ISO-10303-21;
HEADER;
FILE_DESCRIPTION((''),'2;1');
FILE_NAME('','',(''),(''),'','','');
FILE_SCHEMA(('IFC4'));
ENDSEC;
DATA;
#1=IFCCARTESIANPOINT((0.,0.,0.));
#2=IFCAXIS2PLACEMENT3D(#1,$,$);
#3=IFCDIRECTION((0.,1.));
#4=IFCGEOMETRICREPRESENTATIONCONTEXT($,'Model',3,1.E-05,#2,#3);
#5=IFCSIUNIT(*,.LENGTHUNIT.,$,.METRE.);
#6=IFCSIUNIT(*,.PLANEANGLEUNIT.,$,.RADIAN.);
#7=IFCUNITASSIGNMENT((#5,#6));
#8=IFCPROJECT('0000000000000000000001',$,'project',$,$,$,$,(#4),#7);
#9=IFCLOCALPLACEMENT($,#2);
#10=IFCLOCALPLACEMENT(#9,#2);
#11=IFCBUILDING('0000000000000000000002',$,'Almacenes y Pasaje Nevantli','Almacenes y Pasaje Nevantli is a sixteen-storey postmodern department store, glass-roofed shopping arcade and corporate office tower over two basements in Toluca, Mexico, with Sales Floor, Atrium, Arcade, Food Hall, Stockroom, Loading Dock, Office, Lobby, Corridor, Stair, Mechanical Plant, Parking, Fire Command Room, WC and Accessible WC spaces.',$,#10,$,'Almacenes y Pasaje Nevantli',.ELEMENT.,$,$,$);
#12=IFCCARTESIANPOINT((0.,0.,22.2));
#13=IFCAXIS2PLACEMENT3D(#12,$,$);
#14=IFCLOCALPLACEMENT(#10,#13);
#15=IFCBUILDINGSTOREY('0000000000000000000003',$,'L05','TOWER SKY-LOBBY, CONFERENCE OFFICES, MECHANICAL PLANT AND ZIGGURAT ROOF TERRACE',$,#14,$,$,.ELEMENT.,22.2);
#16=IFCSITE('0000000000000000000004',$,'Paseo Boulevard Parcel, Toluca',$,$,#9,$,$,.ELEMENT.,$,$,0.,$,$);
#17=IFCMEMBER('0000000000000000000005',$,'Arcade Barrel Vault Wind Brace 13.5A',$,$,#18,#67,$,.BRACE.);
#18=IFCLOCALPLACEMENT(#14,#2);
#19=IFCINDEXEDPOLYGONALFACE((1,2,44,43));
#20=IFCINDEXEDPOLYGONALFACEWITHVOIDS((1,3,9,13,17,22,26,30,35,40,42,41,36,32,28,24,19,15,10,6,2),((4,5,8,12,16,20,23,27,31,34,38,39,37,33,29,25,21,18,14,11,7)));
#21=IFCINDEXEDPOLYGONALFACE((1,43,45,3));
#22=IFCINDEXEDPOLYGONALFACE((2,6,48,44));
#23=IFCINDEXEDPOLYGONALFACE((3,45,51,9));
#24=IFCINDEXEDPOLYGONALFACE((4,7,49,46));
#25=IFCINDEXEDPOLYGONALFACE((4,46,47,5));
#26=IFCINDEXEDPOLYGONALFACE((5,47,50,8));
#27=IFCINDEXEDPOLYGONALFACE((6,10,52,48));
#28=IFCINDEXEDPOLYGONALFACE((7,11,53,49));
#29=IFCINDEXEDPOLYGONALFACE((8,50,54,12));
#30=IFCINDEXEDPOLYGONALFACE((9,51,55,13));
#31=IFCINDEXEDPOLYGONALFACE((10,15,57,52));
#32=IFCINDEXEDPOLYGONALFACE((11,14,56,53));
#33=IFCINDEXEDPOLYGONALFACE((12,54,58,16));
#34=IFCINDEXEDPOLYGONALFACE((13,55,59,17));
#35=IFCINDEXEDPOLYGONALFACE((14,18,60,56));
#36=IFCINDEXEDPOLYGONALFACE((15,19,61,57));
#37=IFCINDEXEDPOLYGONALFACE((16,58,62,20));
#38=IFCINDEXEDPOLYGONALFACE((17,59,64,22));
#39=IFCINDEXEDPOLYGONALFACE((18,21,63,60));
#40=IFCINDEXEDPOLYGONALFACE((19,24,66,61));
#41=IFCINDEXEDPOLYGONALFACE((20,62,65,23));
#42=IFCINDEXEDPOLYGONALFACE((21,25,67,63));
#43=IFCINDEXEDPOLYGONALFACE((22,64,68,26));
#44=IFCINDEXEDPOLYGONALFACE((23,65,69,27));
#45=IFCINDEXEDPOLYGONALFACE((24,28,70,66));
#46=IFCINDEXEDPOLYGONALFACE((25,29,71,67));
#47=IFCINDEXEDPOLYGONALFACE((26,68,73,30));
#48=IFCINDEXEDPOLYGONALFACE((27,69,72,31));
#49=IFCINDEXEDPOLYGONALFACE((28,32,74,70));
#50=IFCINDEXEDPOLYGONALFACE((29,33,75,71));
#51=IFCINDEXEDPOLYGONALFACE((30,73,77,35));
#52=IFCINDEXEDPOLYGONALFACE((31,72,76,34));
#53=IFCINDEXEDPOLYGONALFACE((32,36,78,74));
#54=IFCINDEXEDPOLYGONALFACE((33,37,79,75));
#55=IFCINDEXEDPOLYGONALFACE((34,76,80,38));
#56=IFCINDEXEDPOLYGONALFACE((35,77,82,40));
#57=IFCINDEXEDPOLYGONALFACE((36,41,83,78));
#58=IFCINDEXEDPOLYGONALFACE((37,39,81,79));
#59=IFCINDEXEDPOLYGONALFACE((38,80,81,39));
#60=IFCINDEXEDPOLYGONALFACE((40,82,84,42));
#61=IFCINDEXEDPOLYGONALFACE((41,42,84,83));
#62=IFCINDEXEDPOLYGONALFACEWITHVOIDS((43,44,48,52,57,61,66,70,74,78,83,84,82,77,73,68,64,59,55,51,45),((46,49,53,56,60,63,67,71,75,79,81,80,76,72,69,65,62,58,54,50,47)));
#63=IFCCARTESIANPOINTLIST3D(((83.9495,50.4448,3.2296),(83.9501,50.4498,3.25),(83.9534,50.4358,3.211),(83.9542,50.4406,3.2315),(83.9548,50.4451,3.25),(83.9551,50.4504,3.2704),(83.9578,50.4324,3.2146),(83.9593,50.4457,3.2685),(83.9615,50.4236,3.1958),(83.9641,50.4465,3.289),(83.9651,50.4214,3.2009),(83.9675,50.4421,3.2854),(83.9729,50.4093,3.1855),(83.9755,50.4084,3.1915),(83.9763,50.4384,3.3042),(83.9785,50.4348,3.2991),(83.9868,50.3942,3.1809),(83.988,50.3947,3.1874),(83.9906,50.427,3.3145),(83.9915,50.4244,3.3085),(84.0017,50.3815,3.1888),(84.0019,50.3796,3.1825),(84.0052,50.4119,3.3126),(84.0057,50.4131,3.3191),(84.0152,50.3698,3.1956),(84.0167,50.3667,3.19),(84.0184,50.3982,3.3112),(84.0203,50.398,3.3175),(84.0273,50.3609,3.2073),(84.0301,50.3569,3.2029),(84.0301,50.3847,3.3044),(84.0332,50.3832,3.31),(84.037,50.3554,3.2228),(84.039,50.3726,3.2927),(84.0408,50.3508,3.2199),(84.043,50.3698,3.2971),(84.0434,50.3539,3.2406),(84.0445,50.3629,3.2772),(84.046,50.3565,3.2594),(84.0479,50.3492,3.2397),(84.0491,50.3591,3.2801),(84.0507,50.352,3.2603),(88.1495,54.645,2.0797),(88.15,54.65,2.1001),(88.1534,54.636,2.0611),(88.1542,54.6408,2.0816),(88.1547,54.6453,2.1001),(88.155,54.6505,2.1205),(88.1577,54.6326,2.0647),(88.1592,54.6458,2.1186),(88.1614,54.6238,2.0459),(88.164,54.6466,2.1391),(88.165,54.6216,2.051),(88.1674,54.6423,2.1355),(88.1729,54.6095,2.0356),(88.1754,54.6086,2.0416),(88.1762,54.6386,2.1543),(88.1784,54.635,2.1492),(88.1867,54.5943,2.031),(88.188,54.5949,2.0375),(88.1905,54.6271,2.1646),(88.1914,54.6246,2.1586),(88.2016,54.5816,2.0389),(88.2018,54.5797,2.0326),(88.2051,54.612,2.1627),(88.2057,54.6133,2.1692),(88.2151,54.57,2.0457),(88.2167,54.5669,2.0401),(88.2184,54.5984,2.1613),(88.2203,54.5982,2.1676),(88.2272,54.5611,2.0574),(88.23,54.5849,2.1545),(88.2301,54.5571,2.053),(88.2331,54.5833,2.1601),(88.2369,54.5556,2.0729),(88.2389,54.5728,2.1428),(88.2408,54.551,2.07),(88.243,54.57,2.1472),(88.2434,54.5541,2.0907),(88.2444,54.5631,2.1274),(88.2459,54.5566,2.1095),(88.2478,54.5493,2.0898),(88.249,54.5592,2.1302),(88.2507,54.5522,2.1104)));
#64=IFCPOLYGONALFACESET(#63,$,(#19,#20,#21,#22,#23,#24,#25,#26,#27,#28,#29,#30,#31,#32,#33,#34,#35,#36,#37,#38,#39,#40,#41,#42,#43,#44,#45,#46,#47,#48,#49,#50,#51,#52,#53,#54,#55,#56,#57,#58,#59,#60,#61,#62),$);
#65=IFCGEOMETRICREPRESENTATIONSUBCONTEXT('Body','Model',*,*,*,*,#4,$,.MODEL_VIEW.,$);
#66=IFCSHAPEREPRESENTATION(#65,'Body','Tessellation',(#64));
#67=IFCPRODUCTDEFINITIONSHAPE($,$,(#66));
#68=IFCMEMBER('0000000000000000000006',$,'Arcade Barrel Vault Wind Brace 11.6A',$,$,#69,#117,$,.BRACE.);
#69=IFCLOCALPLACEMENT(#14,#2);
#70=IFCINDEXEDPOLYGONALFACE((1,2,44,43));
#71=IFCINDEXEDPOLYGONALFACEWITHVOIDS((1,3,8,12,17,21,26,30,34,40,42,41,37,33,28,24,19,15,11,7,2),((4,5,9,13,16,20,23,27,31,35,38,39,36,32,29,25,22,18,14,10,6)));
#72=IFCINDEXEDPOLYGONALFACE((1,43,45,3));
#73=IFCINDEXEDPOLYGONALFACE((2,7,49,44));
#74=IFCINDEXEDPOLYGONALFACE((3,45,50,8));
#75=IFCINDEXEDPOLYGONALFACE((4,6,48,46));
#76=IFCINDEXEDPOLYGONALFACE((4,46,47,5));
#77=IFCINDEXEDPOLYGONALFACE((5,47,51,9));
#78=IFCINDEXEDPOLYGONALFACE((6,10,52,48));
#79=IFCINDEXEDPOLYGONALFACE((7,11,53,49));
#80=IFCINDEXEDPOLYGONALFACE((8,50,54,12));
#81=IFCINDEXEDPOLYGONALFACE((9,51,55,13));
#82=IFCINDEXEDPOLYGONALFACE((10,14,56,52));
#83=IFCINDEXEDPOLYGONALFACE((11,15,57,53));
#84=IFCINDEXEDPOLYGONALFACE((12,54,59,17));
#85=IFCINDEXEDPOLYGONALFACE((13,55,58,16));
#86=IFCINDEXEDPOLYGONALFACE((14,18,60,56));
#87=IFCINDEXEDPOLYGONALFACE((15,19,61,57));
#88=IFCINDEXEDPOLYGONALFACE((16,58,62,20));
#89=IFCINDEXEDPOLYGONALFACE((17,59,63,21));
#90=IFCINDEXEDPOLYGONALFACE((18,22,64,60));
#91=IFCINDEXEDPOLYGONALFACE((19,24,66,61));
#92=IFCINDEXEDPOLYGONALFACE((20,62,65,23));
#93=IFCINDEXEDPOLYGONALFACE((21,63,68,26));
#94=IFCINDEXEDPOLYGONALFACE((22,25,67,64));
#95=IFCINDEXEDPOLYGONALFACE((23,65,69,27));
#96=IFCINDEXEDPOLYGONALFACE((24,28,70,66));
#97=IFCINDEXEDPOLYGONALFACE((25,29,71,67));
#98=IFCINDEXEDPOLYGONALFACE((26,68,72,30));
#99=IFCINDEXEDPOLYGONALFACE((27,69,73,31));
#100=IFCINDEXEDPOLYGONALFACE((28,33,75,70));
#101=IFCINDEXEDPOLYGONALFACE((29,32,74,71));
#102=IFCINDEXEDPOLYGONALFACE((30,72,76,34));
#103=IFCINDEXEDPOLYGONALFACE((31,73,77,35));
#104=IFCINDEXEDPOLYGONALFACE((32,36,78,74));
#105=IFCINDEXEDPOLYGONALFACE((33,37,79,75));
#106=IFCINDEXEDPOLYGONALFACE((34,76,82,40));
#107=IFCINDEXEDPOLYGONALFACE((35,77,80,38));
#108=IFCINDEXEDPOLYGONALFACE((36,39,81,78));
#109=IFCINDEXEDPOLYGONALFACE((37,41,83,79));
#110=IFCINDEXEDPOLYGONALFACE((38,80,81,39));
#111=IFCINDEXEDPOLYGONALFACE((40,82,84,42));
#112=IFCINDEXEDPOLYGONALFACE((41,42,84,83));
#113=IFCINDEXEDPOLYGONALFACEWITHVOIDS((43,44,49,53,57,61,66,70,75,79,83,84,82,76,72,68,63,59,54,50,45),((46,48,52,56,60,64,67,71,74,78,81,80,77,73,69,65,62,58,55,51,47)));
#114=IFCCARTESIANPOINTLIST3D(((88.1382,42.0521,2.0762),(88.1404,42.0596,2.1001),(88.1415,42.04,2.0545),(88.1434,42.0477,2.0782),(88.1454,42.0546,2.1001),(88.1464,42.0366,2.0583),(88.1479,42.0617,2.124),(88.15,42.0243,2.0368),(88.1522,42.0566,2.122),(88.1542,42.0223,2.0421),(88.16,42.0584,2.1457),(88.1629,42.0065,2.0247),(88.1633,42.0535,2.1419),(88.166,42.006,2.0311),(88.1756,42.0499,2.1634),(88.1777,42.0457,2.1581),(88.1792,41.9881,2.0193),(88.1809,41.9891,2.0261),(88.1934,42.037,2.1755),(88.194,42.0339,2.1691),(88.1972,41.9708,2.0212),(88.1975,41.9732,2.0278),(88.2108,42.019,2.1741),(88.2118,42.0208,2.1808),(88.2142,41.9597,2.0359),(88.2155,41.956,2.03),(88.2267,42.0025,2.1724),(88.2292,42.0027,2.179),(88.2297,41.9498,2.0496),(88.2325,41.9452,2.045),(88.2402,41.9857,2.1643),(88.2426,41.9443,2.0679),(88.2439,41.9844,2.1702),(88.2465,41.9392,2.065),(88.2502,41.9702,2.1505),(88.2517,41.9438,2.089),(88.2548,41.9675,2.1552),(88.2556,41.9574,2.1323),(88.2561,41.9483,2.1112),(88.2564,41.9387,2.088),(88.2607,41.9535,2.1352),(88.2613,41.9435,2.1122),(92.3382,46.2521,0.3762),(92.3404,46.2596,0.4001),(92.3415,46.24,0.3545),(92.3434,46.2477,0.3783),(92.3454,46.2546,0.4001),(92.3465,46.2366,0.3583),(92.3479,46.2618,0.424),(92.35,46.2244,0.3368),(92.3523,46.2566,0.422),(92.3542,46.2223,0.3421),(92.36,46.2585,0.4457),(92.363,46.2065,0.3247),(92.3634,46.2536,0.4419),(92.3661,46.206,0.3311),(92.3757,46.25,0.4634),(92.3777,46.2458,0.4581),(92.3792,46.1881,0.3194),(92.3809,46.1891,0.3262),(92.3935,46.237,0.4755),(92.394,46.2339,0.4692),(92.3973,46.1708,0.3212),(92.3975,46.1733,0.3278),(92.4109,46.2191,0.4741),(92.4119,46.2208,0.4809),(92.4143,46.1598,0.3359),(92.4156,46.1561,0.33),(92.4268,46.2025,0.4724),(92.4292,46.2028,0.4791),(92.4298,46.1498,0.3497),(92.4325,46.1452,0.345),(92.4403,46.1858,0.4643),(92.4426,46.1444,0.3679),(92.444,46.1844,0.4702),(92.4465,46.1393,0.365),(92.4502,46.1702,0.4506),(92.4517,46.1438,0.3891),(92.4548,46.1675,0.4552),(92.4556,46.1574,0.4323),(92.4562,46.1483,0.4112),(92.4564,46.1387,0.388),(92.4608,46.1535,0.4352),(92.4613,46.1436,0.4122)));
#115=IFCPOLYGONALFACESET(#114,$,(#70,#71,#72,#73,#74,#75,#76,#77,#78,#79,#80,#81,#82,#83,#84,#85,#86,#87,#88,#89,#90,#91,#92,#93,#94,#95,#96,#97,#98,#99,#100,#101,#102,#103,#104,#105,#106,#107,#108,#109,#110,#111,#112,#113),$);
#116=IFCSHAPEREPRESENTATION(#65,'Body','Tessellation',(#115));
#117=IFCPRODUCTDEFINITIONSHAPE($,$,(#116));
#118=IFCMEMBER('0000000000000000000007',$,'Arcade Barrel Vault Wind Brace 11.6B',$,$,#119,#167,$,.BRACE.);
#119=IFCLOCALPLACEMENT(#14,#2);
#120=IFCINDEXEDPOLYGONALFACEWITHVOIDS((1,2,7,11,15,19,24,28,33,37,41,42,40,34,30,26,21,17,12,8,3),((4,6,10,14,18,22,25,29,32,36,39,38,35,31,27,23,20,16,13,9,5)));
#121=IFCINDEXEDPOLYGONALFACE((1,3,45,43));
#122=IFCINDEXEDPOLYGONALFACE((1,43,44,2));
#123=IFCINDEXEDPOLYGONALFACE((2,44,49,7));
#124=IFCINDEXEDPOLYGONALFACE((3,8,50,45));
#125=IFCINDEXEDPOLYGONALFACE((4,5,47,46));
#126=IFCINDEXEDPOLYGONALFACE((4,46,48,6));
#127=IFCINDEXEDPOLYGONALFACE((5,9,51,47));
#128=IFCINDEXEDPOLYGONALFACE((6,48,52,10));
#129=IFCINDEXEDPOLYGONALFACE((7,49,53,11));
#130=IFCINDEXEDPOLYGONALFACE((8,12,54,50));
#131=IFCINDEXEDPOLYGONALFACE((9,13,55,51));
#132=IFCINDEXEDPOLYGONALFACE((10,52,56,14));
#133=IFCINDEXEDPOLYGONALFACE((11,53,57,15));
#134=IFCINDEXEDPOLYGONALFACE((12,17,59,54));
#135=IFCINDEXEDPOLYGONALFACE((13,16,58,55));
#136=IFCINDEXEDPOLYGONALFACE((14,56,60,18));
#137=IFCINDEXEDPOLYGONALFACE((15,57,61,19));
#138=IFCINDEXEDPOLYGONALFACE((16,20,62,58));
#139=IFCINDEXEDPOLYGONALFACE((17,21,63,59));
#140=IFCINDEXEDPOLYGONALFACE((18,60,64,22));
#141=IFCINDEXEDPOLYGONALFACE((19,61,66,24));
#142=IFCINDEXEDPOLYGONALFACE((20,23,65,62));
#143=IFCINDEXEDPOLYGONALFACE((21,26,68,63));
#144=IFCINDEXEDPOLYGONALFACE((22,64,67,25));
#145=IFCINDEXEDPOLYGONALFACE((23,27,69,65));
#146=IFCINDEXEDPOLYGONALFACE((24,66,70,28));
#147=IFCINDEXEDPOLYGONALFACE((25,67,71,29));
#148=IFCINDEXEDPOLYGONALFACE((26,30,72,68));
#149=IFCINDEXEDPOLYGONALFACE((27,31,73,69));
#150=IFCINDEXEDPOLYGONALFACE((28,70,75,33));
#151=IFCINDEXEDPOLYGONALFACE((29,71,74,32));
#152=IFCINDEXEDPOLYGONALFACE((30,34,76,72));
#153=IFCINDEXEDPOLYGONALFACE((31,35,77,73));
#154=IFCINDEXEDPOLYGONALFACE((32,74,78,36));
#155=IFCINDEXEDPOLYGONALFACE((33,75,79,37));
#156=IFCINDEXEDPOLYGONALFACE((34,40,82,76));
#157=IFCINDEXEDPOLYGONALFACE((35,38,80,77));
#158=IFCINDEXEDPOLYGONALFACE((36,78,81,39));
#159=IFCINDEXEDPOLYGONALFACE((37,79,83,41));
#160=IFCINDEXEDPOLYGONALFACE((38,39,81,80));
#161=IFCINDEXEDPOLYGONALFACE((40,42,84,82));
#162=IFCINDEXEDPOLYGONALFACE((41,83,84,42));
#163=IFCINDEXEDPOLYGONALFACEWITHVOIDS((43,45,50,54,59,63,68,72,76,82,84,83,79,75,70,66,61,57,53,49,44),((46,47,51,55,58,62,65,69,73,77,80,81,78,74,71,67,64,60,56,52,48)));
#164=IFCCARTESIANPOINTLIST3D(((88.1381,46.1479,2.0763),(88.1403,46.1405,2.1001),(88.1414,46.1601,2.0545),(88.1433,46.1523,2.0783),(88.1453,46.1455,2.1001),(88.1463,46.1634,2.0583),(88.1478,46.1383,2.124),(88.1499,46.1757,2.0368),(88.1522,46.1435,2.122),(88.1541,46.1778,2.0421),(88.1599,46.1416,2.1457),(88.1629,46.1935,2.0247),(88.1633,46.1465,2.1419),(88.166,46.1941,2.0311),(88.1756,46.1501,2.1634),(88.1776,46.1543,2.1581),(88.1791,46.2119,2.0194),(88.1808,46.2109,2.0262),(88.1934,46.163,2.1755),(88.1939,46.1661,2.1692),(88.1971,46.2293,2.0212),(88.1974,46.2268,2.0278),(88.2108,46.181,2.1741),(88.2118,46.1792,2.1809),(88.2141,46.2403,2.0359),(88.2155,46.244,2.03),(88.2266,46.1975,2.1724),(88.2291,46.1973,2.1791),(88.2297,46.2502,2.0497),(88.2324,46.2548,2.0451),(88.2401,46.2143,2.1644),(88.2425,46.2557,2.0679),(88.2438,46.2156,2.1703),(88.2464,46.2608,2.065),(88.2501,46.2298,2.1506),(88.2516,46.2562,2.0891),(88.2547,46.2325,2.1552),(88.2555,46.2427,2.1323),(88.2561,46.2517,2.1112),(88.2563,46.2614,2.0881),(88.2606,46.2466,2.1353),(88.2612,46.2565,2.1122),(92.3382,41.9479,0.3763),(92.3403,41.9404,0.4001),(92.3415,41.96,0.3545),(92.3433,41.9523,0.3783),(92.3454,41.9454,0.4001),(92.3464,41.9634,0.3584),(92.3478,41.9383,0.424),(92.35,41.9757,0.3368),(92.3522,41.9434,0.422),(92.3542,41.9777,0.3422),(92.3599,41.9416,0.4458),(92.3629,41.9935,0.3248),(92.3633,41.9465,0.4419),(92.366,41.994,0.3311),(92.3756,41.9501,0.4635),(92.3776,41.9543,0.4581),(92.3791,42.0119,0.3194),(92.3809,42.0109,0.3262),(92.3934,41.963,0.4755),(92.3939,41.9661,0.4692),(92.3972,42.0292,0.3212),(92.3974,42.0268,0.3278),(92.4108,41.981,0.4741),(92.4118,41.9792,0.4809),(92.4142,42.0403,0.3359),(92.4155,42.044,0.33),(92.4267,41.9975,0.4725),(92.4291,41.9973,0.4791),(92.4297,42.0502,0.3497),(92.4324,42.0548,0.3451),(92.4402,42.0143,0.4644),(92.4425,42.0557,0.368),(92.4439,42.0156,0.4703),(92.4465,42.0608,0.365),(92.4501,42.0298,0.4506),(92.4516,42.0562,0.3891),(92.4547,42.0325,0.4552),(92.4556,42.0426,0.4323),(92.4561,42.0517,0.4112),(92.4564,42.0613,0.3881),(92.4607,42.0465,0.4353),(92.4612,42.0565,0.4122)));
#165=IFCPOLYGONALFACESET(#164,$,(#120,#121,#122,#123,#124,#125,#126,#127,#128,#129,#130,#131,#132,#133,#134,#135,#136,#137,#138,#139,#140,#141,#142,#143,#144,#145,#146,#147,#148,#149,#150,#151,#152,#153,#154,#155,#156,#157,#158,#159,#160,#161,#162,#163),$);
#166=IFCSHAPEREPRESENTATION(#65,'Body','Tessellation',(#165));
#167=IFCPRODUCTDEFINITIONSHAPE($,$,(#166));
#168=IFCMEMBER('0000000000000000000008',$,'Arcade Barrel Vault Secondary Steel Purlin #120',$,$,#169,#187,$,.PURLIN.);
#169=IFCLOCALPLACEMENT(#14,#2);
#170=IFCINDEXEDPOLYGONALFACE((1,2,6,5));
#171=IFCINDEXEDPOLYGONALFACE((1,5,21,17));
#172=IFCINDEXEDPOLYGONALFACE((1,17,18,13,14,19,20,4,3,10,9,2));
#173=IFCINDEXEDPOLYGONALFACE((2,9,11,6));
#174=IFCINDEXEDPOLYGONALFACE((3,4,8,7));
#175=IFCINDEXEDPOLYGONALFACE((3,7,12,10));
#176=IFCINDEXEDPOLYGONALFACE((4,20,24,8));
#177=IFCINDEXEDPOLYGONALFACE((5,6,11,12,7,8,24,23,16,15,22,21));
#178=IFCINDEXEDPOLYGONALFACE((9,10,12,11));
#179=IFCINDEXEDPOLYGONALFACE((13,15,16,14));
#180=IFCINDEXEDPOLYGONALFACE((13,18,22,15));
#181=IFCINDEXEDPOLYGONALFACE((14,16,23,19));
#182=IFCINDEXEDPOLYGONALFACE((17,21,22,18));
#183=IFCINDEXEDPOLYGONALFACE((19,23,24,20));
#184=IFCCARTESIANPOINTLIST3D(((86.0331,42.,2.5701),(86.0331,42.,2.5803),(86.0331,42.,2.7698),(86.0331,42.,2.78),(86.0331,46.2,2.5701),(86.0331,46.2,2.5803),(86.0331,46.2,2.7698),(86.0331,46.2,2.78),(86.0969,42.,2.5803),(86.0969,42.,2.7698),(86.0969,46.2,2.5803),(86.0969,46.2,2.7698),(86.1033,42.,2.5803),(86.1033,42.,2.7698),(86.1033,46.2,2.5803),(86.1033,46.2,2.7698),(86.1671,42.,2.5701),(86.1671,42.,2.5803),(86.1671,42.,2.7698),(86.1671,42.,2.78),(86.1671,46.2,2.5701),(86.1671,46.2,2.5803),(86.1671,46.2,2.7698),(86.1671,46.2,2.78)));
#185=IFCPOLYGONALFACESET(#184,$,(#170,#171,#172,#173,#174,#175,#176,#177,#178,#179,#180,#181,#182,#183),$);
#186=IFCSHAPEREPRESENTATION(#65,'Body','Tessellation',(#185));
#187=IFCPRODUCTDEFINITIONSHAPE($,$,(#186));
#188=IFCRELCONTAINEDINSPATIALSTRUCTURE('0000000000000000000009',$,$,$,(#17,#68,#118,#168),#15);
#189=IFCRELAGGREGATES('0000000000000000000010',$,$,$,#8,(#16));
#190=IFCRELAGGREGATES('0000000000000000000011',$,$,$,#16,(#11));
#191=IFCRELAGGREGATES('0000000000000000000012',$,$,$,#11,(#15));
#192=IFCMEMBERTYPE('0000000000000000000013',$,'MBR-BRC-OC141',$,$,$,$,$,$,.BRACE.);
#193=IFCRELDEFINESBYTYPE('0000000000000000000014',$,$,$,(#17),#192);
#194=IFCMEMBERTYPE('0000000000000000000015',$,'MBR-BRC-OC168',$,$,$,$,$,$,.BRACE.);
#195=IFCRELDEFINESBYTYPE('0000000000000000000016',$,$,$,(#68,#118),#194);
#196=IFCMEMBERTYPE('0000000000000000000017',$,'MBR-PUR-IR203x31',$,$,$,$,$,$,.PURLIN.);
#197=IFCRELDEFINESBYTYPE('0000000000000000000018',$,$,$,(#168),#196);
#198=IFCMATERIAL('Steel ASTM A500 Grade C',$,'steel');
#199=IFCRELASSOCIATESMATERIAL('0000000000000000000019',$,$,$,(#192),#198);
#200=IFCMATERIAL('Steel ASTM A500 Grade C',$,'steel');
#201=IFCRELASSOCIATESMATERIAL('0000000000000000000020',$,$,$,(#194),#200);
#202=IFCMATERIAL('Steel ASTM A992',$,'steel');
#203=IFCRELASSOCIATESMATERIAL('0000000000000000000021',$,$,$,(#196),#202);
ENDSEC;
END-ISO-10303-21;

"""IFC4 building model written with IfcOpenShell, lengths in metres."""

from ifc_helpers import new_model, si_unit, direction, frame, origin, origin_2d, place, context, subcontext, project, spatial, hollow_circle, i_section, extrude, material, material_profile, profile_set, type_object, element, save


model = new_model("IFC4")

# Units and contexts
model_context = context("Model", 3, precision=1e-05, world=origin(), true_north=direction((0.0, 1.0)))
body_context = subcontext(model_context, "Body", "Model", "MODEL_VIEW")
ifc_project = project(units=[si_unit("LENGTHUNIT", "METRE"), si_unit("PLANEANGLEUNIT", "RADIAN")], contexts=[model_context])

# Site, building, storey
site_placement = place(None, origin())
site = spatial("IfcSite", under=ifc_project, at=site_placement, Name="Paseo Boulevard Parcel, Toluca", CompositionType="ELEMENT", RefElevation=0.0)
building_placement = place(site_placement, origin())
building = spatial("IfcBuilding", under=site, at=building_placement, Name="Almacenes y Pasaje Nevantli", Description="Almacenes y Pasaje Nevantli is a sixteen-storey postmodern department store, glass-roofed shopping arcade and corporate office tower over two basements in Toluca, Mexico, with Sales Floor, Atrium, Arcade, Food Hall, Stockroom, Loading Dock, Office, Lobby, Corridor, Stair, Mechanical Plant, Parking, Fire Command Room, WC and Accessible WC spaces.", LongName="Almacenes y Pasaje Nevantli", CompositionType="ELEMENT")
storey_placement = place(building_placement, frame((0.0, 0.0, 22.2)))
storey = spatial("IfcBuildingStorey", under=building, at=storey_placement, Name="L05", Description="TOWER SKY-LOBBY, CONFERENCE OFFICES, MECHANICAL PLANT AND ZIGGURAT ROOF TERRACE", CompositionType="ELEMENT", Elevation=22.2)

# Members
ifc_material_1 = material(Name="Steel ASTM A500 Grade C", Category="steel")
ifc_material_profile_1 = material_profile(ifc_material_1, hollow_circle(Radius=0.0706, WallThickness=0.0066, at=origin_2d()), Name="OC 141x6.6")
ifc_profile_set_1 = profile_set([ifc_material_profile_1], Name="Steel ASTM A500 Grade C")
member_type_1 = type_object("IfcMemberType", Name="MBR-BRC-OC141", PredefinedType="BRACE", material=ifc_profile_set_1)
member_1_placement = place(storey_placement, frame((84.0, 50.3999, 3.25), z_axis=(0.694197, 0.694238, -0.190064), x_axis=(-0.707127, 0.707086, 0.0)))
element("IfcMember", 1, at=member_1_placement, inside=storey, type_object=member_type_1, Name="Arcade Barrel Vault Wind Brace 13.5A", PredefinedType="BRACE", context=body_context, shape_type="SweptSolid", body=[
    extrude(hollow_circle(Radius=0.0706, WallThickness=0.0066, at=origin_2d()), origin(), (0.0, 0.0, 1.0), 6.05),
])
ifc_material_2 = material(Name="Steel ASTM A500 Grade C", Category="steel")
ifc_material_profile_2 = material_profile(ifc_material_2, hollow_circle(Radius=0.0842, WallThickness=0.0071, at=origin_2d()), Name="OC 168x7.1")
ifc_profile_set_2 = profile_set([ifc_material_profile_2], Name="Steel ASTM A500 Grade C")
member_type_2 = type_object("IfcMemberType", Name="MBR-BRC-OC168", PredefinedType="BRACE", material=ifc_profile_set_2)
for number, where, z_axis, x_axis, name in (
    (2, (88.2, 42.0, 2.1001), (0.679812, 0.679812, -0.275157), (-0.707107, 0.707107, 0.0), "Arcade Barrel Vault Wind Brace 11.6A"),
    (3, (92.3999, 42.0, 0.4001), (-0.679812, 0.679812, 0.275157), (-0.707107, -0.707107, 0.0), "Arcade Barrel Vault Wind Brace 11.6B"),
):
    element("IfcMember", number, at=place(storey_placement, frame(where, z_axis=z_axis, x_axis=x_axis)), inside=storey, type_object=member_type_2, Name=name, PredefinedType="BRACE", context=body_context, shape_type="SweptSolid", body=[
        extrude(hollow_circle(Radius=0.0842, WallThickness=0.0071, at=origin_2d()), origin(), (0.0, 0.0, 1.0), 6.1782),
    ])
ifc_material_3 = material(Name="Steel ASTM A992", Category="steel")
ifc_material_profile_3 = material_profile(ifc_material_3, i_section(OverallWidth=0.134, OverallDepth=0.21, WebThickness=0.0063, FlangeThickness=0.0103, at=origin_2d()), Name="IR 203x31.3")
ifc_profile_set_3 = profile_set([ifc_material_profile_3], Name="Steel ASTM A992")
member_type_3 = type_object("IfcMemberType", Name="MBR-PUR-IR203x31", PredefinedType="PURLIN", material=ifc_profile_set_3)
for number, where, z_axis, x_axis, name in (
    (4, (86.1001, 42.0, 2.675), (0.0, 1.0, 0.0), (-1.0, 0.0, 0.0), "Arcade Barrel Vault Secondary Steel Purlin #120"),
):
    element("IfcMember", number, at=place(storey_placement, frame(where, z_axis=z_axis, x_axis=x_axis)), inside=storey, type_object=member_type_3, Name=name, PredefinedType="PURLIN", context=body_context, shape_type="SweptSolid", body=[
        extrude(i_section(OverallWidth=0.134, OverallDepth=0.21, WebThickness=0.0063, FlangeThickness=0.0103, at=origin_2d()), origin(), (0.0, 0.0, 1.0), 4.2),
    ])

save(model, "model.ifc")
